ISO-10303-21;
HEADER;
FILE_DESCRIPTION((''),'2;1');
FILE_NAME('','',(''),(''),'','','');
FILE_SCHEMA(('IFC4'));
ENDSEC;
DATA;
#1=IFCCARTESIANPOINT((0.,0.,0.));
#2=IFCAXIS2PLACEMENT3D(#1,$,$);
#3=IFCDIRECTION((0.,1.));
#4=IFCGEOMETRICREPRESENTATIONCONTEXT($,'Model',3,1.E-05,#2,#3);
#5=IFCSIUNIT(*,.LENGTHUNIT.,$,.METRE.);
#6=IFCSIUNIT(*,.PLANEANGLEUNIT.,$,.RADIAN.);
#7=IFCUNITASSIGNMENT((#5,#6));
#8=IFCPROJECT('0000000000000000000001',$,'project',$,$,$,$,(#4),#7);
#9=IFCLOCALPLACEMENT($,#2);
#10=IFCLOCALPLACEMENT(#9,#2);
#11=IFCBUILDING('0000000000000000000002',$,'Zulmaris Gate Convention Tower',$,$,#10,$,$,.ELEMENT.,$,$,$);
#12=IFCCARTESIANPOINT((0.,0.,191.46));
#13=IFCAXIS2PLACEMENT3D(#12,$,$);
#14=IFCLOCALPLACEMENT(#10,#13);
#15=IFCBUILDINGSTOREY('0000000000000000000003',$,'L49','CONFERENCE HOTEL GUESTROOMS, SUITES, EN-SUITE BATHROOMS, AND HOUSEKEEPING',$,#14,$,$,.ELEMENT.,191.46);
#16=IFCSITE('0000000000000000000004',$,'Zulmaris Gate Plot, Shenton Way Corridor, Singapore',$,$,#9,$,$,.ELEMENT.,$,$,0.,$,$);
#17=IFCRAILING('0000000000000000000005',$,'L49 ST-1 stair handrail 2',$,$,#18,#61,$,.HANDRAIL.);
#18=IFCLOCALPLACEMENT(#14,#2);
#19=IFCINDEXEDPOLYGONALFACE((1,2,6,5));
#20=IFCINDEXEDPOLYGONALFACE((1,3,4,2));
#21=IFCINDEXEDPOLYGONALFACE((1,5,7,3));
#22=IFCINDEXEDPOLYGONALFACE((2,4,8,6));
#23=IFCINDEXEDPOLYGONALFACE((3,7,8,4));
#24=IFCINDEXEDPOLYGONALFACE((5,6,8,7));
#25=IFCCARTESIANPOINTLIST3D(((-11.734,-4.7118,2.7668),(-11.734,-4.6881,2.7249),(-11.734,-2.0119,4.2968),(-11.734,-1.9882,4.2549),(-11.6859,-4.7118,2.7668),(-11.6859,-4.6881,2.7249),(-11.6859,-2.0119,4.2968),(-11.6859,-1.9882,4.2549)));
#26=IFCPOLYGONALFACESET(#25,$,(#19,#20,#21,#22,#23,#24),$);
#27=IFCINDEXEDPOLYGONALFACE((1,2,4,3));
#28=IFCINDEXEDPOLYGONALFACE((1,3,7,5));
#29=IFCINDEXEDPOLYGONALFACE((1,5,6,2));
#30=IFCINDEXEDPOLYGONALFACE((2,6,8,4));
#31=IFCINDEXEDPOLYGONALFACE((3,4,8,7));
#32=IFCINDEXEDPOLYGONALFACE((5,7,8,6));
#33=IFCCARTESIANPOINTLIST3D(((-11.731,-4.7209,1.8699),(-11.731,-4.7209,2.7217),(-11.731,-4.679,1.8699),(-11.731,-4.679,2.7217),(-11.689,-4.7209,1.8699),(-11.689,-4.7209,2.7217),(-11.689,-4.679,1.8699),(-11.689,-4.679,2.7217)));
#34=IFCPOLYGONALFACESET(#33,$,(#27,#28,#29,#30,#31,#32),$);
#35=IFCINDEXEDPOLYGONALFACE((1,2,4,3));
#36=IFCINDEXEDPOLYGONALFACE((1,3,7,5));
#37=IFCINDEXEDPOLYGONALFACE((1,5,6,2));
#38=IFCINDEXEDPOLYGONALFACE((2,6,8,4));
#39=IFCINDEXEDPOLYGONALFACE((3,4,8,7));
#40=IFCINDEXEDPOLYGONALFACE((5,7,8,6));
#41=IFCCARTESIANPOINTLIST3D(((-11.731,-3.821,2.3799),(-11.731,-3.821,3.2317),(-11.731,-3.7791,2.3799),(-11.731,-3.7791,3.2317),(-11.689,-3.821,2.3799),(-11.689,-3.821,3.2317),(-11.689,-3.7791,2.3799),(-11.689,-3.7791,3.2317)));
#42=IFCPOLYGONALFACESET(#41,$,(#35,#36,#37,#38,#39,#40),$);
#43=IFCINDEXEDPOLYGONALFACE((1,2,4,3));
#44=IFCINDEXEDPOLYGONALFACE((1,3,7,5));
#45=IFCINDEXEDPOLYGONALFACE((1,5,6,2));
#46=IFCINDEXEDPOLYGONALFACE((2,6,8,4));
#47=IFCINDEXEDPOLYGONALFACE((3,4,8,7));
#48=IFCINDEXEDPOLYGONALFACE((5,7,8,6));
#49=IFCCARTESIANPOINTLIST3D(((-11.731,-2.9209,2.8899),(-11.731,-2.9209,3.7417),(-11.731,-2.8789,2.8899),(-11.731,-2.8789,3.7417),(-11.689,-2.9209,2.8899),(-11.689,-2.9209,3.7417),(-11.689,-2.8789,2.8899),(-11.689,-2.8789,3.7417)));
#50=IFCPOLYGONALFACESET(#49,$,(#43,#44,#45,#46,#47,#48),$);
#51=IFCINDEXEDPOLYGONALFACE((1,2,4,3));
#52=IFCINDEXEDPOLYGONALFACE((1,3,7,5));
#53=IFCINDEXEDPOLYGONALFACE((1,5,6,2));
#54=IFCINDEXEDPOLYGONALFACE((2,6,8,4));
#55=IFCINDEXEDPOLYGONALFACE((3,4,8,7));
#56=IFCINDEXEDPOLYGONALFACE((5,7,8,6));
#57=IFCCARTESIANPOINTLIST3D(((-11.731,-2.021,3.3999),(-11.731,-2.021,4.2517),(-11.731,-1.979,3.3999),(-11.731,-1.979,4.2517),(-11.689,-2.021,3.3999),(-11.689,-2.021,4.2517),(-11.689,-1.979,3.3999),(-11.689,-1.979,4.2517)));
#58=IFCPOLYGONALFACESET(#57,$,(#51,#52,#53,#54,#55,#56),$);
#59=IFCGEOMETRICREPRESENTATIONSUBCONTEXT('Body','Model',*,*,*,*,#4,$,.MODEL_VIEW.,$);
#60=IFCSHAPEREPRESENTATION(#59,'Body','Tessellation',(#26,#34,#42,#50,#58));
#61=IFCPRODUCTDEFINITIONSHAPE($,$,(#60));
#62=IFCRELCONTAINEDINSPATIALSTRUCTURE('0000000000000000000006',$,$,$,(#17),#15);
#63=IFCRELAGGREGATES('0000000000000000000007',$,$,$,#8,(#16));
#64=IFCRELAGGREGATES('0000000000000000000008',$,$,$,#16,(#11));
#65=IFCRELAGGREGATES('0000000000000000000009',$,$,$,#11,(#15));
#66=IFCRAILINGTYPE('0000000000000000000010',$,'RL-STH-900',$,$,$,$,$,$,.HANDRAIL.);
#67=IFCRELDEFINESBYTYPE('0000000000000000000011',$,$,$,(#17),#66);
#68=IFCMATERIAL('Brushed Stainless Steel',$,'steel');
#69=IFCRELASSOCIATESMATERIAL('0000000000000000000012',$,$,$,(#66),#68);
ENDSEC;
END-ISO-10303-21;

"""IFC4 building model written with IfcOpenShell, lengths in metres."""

from ifc_helpers import new_model, si_unit, direction, frame, origin, origin_2d, place, context, subcontext, project, spatial, rectangle, extrude, material, type_object, element, save


model = new_model("IFC4")

# Units and contexts
model_context = context("Model", 3, precision=1e-05, world=origin(), true_north=direction((0.0, 1.0)))
body_context = subcontext(model_context, "Body", "Model", "MODEL_VIEW")
ifc_project = project(units=[si_unit("LENGTHUNIT", "METRE"), si_unit("PLANEANGLEUNIT", "RADIAN")], contexts=[model_context])

# Site, building, storey
site_placement = place(None, origin())
site = spatial("IfcSite", under=ifc_project, at=site_placement, Name="Zulmaris Gate Plot, Shenton Way Corridor, Singapore", CompositionType="ELEMENT", RefElevation=0.0)
building_placement = place(site_placement, origin())
building = spatial("IfcBuilding", under=site, at=building_placement, Name="Zulmaris Gate Convention Tower", CompositionType="ELEMENT")
storey_placement = place(building_placement, frame((0.0, 0.0, 191.46)))
storey = spatial("IfcBuildingStorey", under=building, at=storey_placement, Name="L49", Description="CONFERENCE HOTEL GUESTROOMS, SUITES, EN-SUITE BATHROOMS, AND HOUSEKEEPING", CompositionType="ELEMENT", Elevation=191.46)

# Railing
ifc_material_1 = material(Name="Brushed Stainless Steel", Category="steel")
railing_type_1 = type_object("IfcRailingType", Name="RL-STH-900", PredefinedType="HANDRAIL", material=ifc_material_1)
railing_1_placement = place(storey_placement, frame((-11.71, -4.7, 1.8699)))
element("IfcRailing", 1, at=railing_1_placement, inside=storey, type_object=railing_type_1, Name="L49 ST-1 stair handrail 2", PredefinedType="HANDRAIL", context=body_context, shape_type="SweptSolid", body=[
    extrude(rectangle(XDim=0.0481, YDim=0.0481, at=origin_2d()), frame((0.0, 0.0, 0.876), z_axis=(0.0, 0.870014, 0.493026), x_axis=(-1.0, 0.0, 0.0)), (0.0, 0.0, 1.0), 3.1033),
    extrude(rectangle(XDim=0.042, YDim=0.042, at=origin_2d()), origin(), (0.0, 0.0, 1.0), 0.8518),
    extrude(rectangle(XDim=0.042, YDim=0.042, at=origin_2d()), frame((0.0, 0.8999, 0.51)), (0.0, 0.0, 1.0), 0.8518),
    extrude(rectangle(XDim=0.042, YDim=0.042, at=origin_2d()), frame((0.0, 1.8, 1.02)), (0.0, 0.0, 1.0), 0.8518),
    extrude(rectangle(XDim=0.042, YDim=0.042, at=origin_2d()), frame((0.0, 2.7, 1.53)), (0.0, 0.0, 1.0), 0.8518),
])

save(model, "model.ifc")
